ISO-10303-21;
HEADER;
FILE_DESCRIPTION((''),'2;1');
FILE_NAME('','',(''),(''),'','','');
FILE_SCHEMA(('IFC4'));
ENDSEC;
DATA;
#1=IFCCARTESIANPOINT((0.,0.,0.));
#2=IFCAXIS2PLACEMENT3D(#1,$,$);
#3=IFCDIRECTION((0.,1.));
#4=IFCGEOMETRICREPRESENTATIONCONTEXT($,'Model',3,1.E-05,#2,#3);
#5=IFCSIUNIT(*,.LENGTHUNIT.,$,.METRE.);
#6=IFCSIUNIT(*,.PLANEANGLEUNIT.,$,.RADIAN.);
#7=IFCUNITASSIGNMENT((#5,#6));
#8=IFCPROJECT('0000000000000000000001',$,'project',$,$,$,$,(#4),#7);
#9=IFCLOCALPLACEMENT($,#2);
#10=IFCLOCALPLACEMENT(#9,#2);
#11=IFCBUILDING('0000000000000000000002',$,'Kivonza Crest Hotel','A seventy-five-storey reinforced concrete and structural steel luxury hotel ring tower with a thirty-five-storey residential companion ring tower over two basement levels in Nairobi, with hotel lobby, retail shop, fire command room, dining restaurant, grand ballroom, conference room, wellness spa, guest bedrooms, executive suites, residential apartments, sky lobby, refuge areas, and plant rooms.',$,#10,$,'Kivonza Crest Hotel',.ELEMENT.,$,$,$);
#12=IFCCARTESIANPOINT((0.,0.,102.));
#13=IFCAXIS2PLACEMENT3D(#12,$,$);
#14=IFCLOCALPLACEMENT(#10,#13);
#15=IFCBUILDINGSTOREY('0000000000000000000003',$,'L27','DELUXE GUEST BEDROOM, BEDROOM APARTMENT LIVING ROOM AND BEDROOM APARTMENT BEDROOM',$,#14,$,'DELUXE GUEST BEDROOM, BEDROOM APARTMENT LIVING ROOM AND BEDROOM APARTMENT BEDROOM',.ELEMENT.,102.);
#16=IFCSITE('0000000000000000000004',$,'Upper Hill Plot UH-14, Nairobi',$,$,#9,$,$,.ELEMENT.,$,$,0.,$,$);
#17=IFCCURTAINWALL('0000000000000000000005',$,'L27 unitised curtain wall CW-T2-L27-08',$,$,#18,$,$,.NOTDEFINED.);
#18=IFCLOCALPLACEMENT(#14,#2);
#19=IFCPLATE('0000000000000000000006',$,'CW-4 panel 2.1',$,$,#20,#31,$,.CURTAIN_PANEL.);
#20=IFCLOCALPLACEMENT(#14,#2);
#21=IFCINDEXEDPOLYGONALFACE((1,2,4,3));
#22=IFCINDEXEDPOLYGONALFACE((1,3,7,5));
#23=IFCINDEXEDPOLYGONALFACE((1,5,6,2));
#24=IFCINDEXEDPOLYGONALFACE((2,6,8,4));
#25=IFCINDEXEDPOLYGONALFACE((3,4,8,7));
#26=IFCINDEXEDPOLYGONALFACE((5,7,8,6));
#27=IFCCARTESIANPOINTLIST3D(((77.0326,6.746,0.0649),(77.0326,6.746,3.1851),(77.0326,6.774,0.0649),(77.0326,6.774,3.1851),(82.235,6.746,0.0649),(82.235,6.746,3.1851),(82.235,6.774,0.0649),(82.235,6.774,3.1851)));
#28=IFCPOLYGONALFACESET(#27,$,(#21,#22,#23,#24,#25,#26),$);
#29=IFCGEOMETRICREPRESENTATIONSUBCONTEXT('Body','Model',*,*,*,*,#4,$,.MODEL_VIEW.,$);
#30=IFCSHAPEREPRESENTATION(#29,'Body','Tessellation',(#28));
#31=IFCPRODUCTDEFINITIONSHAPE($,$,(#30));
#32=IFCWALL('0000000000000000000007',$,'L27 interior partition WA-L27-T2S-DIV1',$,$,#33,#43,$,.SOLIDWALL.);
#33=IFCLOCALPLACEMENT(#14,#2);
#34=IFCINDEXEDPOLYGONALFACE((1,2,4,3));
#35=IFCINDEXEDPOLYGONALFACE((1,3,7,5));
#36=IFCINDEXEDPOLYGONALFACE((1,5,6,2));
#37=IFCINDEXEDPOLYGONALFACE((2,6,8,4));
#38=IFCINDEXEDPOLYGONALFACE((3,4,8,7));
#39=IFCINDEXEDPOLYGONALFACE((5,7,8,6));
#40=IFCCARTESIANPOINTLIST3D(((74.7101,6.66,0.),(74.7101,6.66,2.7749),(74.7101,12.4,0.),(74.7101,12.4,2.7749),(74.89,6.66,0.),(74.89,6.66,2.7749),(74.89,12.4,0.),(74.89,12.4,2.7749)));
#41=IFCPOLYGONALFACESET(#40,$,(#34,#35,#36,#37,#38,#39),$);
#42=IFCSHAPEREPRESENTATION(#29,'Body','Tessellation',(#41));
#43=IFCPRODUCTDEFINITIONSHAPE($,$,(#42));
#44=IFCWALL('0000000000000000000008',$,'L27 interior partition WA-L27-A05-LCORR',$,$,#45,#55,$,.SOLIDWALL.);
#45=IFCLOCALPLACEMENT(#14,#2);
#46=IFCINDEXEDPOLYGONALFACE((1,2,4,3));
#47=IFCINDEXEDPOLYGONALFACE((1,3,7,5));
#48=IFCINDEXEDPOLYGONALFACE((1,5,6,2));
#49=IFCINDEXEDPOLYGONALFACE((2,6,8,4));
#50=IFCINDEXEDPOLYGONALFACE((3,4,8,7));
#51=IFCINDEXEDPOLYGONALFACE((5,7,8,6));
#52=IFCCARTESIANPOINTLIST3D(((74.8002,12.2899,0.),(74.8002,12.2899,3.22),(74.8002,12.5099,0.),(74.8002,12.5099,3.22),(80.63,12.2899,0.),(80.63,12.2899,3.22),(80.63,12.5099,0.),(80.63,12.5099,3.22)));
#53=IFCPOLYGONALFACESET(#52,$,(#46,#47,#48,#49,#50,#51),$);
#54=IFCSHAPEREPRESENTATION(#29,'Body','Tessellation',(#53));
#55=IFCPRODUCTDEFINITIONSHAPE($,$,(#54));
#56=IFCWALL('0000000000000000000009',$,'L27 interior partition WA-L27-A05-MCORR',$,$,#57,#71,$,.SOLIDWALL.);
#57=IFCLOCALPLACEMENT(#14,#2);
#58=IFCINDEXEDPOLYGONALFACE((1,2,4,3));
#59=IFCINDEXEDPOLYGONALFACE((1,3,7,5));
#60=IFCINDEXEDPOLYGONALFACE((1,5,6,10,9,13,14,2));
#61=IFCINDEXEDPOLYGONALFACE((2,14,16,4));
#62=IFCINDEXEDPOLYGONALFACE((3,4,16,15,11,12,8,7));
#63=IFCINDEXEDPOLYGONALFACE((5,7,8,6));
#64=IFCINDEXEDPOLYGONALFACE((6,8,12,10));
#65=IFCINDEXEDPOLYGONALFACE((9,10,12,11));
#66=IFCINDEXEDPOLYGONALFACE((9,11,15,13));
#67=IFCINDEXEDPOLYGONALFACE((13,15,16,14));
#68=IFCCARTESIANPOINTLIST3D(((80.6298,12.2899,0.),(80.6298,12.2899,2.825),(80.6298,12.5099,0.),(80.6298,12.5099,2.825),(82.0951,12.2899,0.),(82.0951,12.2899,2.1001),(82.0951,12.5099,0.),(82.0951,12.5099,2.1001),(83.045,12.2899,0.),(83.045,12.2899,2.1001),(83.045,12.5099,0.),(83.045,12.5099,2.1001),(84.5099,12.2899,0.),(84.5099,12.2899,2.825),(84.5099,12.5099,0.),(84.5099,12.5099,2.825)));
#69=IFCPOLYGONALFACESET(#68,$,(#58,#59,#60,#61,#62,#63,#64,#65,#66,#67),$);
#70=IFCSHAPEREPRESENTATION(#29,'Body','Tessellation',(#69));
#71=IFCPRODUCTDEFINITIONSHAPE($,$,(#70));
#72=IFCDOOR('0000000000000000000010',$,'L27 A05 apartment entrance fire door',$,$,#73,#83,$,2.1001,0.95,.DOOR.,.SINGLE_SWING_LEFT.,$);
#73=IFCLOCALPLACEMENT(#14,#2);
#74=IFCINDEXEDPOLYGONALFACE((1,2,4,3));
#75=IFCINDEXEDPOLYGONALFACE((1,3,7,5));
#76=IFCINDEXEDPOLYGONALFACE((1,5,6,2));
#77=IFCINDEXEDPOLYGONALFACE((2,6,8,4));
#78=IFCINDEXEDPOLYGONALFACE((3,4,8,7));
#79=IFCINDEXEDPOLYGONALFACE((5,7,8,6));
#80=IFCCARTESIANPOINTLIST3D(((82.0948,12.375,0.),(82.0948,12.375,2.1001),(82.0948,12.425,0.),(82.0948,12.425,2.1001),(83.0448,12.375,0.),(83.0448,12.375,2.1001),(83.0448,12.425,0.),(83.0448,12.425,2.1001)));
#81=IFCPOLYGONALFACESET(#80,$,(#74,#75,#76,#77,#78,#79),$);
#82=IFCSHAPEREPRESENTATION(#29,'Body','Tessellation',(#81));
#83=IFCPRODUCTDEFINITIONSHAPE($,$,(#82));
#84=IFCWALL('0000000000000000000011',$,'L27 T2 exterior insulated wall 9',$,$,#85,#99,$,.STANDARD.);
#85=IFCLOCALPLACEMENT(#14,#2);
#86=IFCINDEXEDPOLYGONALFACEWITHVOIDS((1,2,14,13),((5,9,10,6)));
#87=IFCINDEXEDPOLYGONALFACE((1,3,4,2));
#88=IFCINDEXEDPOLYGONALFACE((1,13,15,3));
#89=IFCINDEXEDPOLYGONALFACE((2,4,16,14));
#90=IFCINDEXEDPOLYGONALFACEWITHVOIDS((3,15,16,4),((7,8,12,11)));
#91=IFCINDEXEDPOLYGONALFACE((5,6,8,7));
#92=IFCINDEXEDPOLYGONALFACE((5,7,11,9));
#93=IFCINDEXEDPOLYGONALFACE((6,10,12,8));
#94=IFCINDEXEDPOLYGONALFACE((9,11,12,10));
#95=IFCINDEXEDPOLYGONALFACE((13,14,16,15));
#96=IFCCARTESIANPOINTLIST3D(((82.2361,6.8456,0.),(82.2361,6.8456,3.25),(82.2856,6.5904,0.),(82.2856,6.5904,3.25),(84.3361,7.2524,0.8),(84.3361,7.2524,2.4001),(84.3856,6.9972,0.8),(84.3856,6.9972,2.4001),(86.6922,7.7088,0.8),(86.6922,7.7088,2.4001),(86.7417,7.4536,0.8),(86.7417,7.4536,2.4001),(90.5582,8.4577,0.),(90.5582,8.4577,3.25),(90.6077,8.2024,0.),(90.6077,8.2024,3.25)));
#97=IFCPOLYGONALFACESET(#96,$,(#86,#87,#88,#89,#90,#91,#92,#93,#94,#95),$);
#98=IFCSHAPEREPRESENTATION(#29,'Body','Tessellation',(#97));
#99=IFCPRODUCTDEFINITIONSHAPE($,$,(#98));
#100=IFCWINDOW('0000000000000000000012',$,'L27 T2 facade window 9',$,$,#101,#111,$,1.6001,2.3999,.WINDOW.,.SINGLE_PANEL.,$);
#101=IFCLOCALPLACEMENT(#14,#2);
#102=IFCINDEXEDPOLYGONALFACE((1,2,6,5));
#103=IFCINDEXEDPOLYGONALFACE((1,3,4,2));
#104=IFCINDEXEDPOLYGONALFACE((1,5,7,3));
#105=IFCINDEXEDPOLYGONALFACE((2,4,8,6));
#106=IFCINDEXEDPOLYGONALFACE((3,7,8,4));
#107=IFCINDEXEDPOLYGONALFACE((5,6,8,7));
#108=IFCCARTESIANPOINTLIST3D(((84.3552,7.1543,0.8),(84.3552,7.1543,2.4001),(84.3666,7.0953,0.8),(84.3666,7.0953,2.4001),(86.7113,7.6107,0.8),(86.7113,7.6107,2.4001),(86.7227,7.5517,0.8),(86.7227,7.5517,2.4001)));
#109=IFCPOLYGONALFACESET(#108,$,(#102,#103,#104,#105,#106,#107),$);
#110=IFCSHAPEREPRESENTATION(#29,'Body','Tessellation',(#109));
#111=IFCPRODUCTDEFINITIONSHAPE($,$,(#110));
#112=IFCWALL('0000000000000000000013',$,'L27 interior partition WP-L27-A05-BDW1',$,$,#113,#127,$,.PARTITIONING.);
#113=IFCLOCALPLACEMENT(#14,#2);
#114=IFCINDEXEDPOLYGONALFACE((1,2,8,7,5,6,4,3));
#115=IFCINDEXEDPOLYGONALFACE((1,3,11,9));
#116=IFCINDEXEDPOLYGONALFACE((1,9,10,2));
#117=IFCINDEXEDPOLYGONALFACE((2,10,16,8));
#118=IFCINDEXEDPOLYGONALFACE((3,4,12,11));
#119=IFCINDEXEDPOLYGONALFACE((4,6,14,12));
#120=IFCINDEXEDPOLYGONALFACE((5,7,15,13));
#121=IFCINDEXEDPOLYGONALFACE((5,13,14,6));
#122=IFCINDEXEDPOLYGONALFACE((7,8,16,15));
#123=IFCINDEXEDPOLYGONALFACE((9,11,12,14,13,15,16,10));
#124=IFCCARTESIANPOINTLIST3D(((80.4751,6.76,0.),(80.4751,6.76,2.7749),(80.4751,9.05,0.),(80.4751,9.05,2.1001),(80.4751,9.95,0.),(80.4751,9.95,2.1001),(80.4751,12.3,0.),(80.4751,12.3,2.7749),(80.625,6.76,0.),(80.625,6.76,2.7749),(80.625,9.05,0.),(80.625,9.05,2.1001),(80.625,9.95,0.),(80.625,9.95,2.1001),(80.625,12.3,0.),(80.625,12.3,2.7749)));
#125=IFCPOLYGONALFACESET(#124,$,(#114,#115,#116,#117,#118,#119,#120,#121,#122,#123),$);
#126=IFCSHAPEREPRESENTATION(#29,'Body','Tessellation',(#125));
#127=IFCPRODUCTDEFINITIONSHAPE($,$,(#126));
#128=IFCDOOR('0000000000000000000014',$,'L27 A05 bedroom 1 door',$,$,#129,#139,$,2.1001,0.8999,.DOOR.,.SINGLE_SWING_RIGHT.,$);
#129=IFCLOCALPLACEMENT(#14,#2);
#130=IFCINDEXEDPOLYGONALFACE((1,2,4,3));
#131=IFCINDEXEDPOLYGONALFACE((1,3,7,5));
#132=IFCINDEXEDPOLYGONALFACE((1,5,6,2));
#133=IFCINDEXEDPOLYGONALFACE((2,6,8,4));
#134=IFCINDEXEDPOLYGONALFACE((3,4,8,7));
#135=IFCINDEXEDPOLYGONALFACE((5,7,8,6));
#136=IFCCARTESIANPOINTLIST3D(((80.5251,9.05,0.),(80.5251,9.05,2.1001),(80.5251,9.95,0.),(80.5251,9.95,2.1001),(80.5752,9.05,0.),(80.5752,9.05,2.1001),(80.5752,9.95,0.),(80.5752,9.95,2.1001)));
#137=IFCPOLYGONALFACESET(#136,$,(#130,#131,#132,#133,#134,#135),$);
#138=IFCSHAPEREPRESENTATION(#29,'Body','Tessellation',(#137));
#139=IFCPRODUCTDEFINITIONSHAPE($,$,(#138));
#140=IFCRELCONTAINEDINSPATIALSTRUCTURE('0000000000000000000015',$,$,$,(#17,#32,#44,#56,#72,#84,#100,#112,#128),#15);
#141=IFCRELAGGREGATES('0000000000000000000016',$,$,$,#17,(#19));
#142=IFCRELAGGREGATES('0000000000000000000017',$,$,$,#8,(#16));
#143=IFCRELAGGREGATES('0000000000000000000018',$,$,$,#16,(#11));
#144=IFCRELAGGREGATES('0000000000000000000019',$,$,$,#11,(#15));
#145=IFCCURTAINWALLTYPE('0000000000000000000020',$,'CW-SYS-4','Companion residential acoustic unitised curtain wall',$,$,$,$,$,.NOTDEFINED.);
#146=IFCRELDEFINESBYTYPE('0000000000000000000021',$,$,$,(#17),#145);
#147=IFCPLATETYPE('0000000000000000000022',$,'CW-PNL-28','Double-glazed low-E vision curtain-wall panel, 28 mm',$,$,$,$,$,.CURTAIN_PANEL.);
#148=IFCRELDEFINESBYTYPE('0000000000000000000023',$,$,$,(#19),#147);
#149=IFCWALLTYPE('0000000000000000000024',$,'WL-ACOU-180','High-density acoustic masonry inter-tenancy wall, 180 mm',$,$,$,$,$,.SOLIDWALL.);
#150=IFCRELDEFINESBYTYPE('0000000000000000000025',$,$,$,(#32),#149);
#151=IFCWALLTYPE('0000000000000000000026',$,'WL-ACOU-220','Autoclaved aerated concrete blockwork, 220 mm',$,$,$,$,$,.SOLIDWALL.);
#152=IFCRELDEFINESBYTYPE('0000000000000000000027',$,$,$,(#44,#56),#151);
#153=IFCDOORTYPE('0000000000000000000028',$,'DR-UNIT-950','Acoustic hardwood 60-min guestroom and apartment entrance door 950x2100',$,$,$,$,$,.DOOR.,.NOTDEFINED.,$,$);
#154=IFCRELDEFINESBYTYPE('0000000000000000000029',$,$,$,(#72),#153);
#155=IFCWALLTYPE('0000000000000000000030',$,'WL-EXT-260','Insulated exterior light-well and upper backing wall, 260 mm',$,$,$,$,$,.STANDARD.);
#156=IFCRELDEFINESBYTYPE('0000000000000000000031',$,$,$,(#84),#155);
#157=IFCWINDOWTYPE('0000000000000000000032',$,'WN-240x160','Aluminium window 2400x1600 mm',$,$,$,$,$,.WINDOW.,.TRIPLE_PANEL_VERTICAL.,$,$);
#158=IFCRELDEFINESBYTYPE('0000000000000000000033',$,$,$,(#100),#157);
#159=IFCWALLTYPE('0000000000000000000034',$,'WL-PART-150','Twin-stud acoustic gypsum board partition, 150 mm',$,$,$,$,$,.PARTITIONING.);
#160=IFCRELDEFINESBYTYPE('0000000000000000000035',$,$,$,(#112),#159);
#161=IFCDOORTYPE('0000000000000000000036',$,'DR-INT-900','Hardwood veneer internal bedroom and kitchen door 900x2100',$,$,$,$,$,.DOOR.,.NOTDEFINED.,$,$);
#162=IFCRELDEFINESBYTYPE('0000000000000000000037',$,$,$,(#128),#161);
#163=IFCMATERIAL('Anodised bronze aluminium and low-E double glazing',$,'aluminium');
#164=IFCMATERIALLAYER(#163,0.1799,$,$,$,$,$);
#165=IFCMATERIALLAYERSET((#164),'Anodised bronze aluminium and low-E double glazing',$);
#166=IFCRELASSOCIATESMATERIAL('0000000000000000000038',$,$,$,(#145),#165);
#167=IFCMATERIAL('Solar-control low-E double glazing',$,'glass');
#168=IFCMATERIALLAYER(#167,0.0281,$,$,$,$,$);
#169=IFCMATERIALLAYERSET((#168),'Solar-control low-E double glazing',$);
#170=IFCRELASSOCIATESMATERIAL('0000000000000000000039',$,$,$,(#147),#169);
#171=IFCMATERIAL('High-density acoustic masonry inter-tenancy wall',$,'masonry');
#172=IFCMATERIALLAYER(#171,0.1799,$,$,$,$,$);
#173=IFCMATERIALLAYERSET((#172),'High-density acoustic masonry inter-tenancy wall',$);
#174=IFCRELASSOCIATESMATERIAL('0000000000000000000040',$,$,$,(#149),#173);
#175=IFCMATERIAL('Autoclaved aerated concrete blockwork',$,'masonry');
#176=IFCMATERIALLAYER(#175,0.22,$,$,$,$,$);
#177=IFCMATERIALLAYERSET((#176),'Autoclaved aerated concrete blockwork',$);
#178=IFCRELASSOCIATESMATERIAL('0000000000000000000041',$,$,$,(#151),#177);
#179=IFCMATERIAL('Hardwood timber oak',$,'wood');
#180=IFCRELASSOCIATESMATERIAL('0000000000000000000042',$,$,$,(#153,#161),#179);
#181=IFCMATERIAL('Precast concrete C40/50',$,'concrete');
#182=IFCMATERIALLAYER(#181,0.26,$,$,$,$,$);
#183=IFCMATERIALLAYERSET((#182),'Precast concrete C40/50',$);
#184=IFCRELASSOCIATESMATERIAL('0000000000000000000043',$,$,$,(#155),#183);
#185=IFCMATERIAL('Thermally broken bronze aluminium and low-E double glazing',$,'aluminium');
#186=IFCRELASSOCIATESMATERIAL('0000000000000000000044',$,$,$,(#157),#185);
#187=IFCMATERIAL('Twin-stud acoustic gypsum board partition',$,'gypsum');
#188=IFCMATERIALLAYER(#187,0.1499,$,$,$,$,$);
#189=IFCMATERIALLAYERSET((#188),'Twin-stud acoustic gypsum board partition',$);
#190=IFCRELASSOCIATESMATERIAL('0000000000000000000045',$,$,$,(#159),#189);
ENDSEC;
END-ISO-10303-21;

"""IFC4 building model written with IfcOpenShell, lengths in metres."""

from ifc_helpers import new_model, si_unit, direction, frame, frame_2d, origin, origin_2d, place, context, subcontext, project, spatial, rectangle, extrude, material, layer, layer_set, type_object, element, fill, aggregate, save


model = new_model("IFC4")

# Units and contexts
model_context = context("Model", 3, precision=1e-05, world=origin(), true_north=direction((0.0, 1.0)))
body_context = subcontext(model_context, "Body", "Model", "MODEL_VIEW")
ifc_project = project(units=[si_unit("LENGTHUNIT", "METRE"), si_unit("PLANEANGLEUNIT", "RADIAN")], contexts=[model_context])

# Site, building, storey
site_placement = place(None, origin())
site = spatial("IfcSite", under=ifc_project, at=site_placement, Name="Upper Hill Plot UH-14, Nairobi", CompositionType="ELEMENT", RefElevation=0.0)
building_placement = place(site_placement, origin())
building = spatial("IfcBuilding", under=site, at=building_placement, Name="Kivonza Crest Hotel", Description="A seventy-five-storey reinforced concrete and structural steel luxury hotel ring tower with a thirty-five-storey residential companion ring tower over two basement levels in Nairobi, with hotel lobby, retail shop, fire command room, dining restaurant, grand ballroom, conference room, wellness spa, guest bedrooms, executive suites, residential apartments, sky lobby, refuge areas, and plant rooms.", LongName="Kivonza Crest Hotel", CompositionType="ELEMENT")
storey_placement = place(building_placement, frame((0.0, 0.0, 102.0)))
storey = spatial("IfcBuildingStorey", under=building, at=storey_placement, Name="L27", Description="DELUXE GUEST BEDROOM, BEDROOM APARTMENT LIVING ROOM AND BEDROOM APARTMENT BEDROOM", LongName="DELUXE GUEST BEDROOM, BEDROOM APARTMENT LIVING ROOM AND BEDROOM APARTMENT BEDROOM", CompositionType="ELEMENT", Elevation=102.0)

# Curtain wall, plate
ifc_material_1 = material(Name="Anodised bronze aluminium and low-E double glazing", Category="aluminium")
ifc_layer_1 = layer(ifc_material_1, 0.1799)
ifc_layer_set_1 = layer_set([ifc_layer_1], Name="Anodised bronze aluminium and low-E double glazing")
curtain_wall_type = type_object("IfcCurtainWallType", Name="CW-SYS-4", Description="Companion residential acoustic unitised curtain wall", PredefinedType="NOTDEFINED", material=ifc_layer_set_1)
curtain_wall_placement = place(storey_placement, origin())
curtain_wall = element("IfcCurtainWall", 1, at=curtain_wall_placement, inside=storey, type_object=curtain_wall_type, Name="L27 unitised curtain wall CW-T2-L27-08", PredefinedType="NOTDEFINED")
ifc_material_2 = material(Name="Solar-control low-E double glazing", Category="glass")
ifc_layer_2 = layer(ifc_material_2, 0.0281)
ifc_layer_set_2 = layer_set([ifc_layer_2], Name="Solar-control low-E double glazing")
plate_type = type_object("IfcPlateType", Name="CW-PNL-28", Description="Double-glazed low-E vision curtain-wall panel, 28 mm", PredefinedType="CURTAIN_PANEL", material=ifc_layer_set_2)
plate_1_placement = place(storey_placement, frame((79.6338, 6.76, 0.0649), z_axis=(0.0, 0.0, 1.0), x_axis=(1.0, 0.0, 0.0)))
plate_1 = element("IfcPlate", 2, at=plate_1_placement, type_object=plate_type, Name="CW-4 panel 2.1", PredefinedType="CURTAIN_PANEL", context=body_context, shape_type="SweptSolid", body=[
    extrude(rectangle(XDim=5.2024, YDim=0.0281, at=origin_2d()), origin(), (0.0, 0.0, 1.0), 3.1201),
])
aggregate(curtain_wall, [plate_1])

# Walls
ifc_material_3 = material(Name="High-density acoustic masonry inter-tenancy wall", Category="masonry")
ifc_layer_3 = layer(ifc_material_3, 0.1799)
ifc_layer_set_3 = layer_set([ifc_layer_3], Name="High-density acoustic masonry inter-tenancy wall")
wall_type_1 = type_object("IfcWallType", Name="WL-ACOU-180", Description="High-density acoustic masonry inter-tenancy wall, 180 mm", PredefinedType="SOLIDWALL", material=ifc_layer_set_3)
wall_1_placement = place(storey_placement, frame((74.8, 6.6599, 0.0), z_axis=(0.0, 0.0, 1.0), x_axis=(0.0, 1.0, 0.0)))
element("IfcWall", 3, at=wall_1_placement, inside=storey, type_object=wall_type_1, Name="L27 interior partition WA-L27-T2S-DIV1", PredefinedType="SOLIDWALL", context=body_context, shape_type="SweptSolid", body=[
    extrude(rectangle(XDim=5.74, YDim=0.1799, at=frame_2d((2.8701, 0.0))), origin(), (0.0, 0.0, 1.0), 2.7749),
])
ifc_material_4 = material(Name="Autoclaved aerated concrete blockwork", Category="masonry")
ifc_layer_4 = layer(ifc_material_4, 0.22)
ifc_layer_set_4 = layer_set([ifc_layer_4], Name="Autoclaved aerated concrete blockwork")
wall_type_2 = type_object("IfcWallType", Name="WL-ACOU-220", Description="Autoclaved aerated concrete blockwork, 220 mm", PredefinedType="SOLIDWALL", material=ifc_layer_set_4)
wall_2_placement = place(storey_placement, frame((74.8, 12.3999, 0.0), z_axis=(0.0, 0.0, 1.0), x_axis=(1.0, 0.0, 0.0)))
element("IfcWall", 4, at=wall_2_placement, inside=storey, type_object=wall_type_2, Name="L27 interior partition WA-L27-A05-LCORR", PredefinedType="SOLIDWALL", context=body_context, shape_type="SweptSolid", body=[
    extrude(rectangle(XDim=5.8298, YDim=0.22, at=frame_2d((2.915, 0.0))), origin(), (0.0, 0.0, 1.0), 3.22),
])

# Wall, opening, door
wall_3_placement = place(storey_placement, frame((80.6299, 12.3999, 0.0), z_axis=(0.0, 0.0, 1.0), x_axis=(1.0, 0.0, 0.0)))
wall_3 = element("IfcWall", 5, at=wall_3_placement, inside=storey, type_object=wall_type_2, Name="L27 interior partition WA-L27-A05-MCORR", PredefinedType="SOLIDWALL", context=body_context, shape_type="SweptSolid", body=[
    extrude(rectangle(XDim=3.8801, YDim=0.22, at=frame_2d((1.9399, 0.0))), origin(), (0.0, 0.0, 1.0), 2.825),
])
opening_1_placement = place(wall_3_placement, frame((1.4651, 0.0, 0.0)))
opening_1 = element("IfcOpeningElement", 6, at=opening_1_placement, cuts=wall_3, PredefinedType="OPENING", context=body_context, shape_type="SweptSolid", body=[
    extrude(rectangle(XDim=0.95, YDim=2.1001, at=frame_2d((0.4751, 1.05))), frame((0.0, 0.1201, 0.0), z_axis=(0.0, -1.0, 0.0), x_axis=(1.0, 0.0, 0.0)), (0.0, 0.0, 1.0), 0.24),
])
ifc_material_5 = material(Name="Hardwood timber oak", Category="wood")
door_type_1 = type_object("IfcDoorType", Name="DR-UNIT-950", Description="Acoustic hardwood 60-min guestroom and apartment entrance door 950x2100", OperationType="NOTDEFINED", PredefinedType="DOOR", material=ifc_material_5)
door_1_placement = place(opening_1_placement, frame((0.95, 0.0, 0.0), z_axis=(0.0, 0.0, 1.0), x_axis=(-1.0, 0.0, 0.0)))
door_1 = element("IfcDoor", 7, at=door_1_placement, inside=storey, type_object=door_type_1, Name="L27 A05 apartment entrance fire door", OperationType="SINGLE_SWING_LEFT", OverallHeight=2.1001, OverallWidth=0.95, PredefinedType="DOOR", context=body_context, shape_type="SweptSolid", body=[
    extrude(rectangle(XDim=0.95, YDim=2.1001, at=frame_2d((0.4751, 1.05))), frame((0.0, 0.0249, 0.0), z_axis=(0.0, -1.0, 0.0), x_axis=(1.0, 0.0, 0.0)), (0.0, 0.0, 1.0), 0.05),
])
fill(opening_1, door_1)

# Wall, opening, window
ifc_material_6 = material(Name="Precast concrete C40/50", Category="concrete")
ifc_layer_5 = layer(ifc_material_6, 0.26)
ifc_layer_set_5 = layer_set([ifc_layer_5], Name="Precast concrete C40/50")
wall_type_3 = type_object("IfcWallType", Name="WL-EXT-260", Description="Insulated exterior light-well and upper backing wall, 260 mm", PredefinedType="STANDARD", material=ifc_layer_set_5)
wall_4_placement = place(storey_placement, frame((82.261, 6.718, 0.0), z_axis=(0.0, 0.0, 1.0), x_axis=(0.98175, 0.190175, 0.0)))
wall_4 = element("IfcWall", 8, at=wall_4_placement, inside=storey, type_object=wall_type_3, Name="L27 T2 exterior insulated wall 9", PredefinedType="STANDARD", context=body_context, shape_type="SweptSolid", body=[
    extrude(rectangle(XDim=8.4768, YDim=0.26, at=frame_2d((4.2383, 0.0))), origin(), (0.0, 0.0, 1.0), 3.25),
])
opening_2_placement = place(wall_4_placement, frame((2.1389, 0.0, 0.8)))
opening_2 = element("IfcOpeningElement", 9, at=opening_2_placement, cuts=wall_4, PredefinedType="OPENING", context=body_context, shape_type="SweptSolid", body=[
    extrude(rectangle(XDim=2.3999, YDim=1.6001, at=frame_2d((1.2, 0.8))), frame((0.0, 0.1401, 0.0), z_axis=(0.0, -1.0, 0.0), x_axis=(1.0, 0.0, 0.0)), (0.0, 0.0, 1.0), 0.28),
])
ifc_material_7 = material(Name="Thermally broken bronze aluminium and low-E double glazing", Category="aluminium")
window_type = type_object("IfcWindowType", Name="WN-240x160", Description="Aluminium window 2400x1600 mm", PartitioningType="TRIPLE_PANEL_VERTICAL", PredefinedType="WINDOW", material=ifc_material_7)
window_placement = place(opening_2_placement, origin())
window = element("IfcWindow", 10, at=window_placement, inside=storey, type_object=window_type, Name="L27 T2 facade window 9", OverallHeight=1.6001, OverallWidth=2.3999, PartitioningType="SINGLE_PANEL", PredefinedType="WINDOW", context=body_context, shape_type="SweptSolid", body=[
    extrude(rectangle(XDim=2.3999, YDim=1.6001, at=frame_2d((1.2, 0.8))), frame((0.0, 0.03, 0.0), z_axis=(0.0, -1.0, 0.0), x_axis=(1.0, 0.0, 0.0)), (0.0, 0.0, 1.0), 0.0601),
])
fill(opening_2, window)

# Wall, opening, door
ifc_material_8 = material(Name="Twin-stud acoustic gypsum board partition", Category="gypsum")
ifc_layer_6 = layer(ifc_material_8, 0.1499)
ifc_layer_set_6 = layer_set([ifc_layer_6], Name="Twin-stud acoustic gypsum board partition")
wall_type_4 = type_object("IfcWallType", Name="WL-PART-150", Description="Twin-stud acoustic gypsum board partition, 150 mm", PredefinedType="PARTITIONING", material=ifc_layer_set_6)
wall_5_placement = place(storey_placement, frame((80.55, 6.76, 0.0), z_axis=(0.0, 0.0, 1.0), x_axis=(0.0, 1.0, 0.0)))
wall_5 = element("IfcWall", 11, at=wall_5_placement, inside=storey, type_object=wall_type_4, Name="L27 interior partition WP-L27-A05-BDW1", PredefinedType="PARTITIONING", context=body_context, shape_type="SweptSolid", body=[
    extrude(rectangle(XDim=5.54, YDim=0.1499, at=frame_2d((2.77, 0.0))), origin(), (0.0, 0.0, 1.0), 2.7749),
])
opening_3_placement = place(wall_5_placement, frame((2.29, 0.0, 0.0)))
opening_3 = element("IfcOpeningElement", 12, at=opening_3_placement, cuts=wall_5, PredefinedType="OPENING", context=body_context, shape_type="SweptSolid", body=[
    extrude(rectangle(XDim=0.8999, YDim=2.1001, at=frame_2d((0.45, 1.05))), frame((0.0, 0.085, 0.0), z_axis=(0.0, -1.0, 0.0), x_axis=(1.0, 0.0, 0.0)), (0.0, 0.0, 1.0), 0.1699),
])
door_type_2 = type_object("IfcDoorType", Name="DR-INT-900", Description="Hardwood veneer internal bedroom and kitchen door 900x2100", OperationType="NOTDEFINED", PredefinedType="DOOR", material=ifc_material_5)
door_2_placement = place(opening_3_placement, origin())
door_2 = element("IfcDoor", 13, at=door_2_placement, inside=storey, type_object=door_type_2, Name="L27 A05 bedroom 1 door", OperationType="SINGLE_SWING_RIGHT", OverallHeight=2.1001, OverallWidth=0.8999, PredefinedType="DOOR", context=body_context, shape_type="SweptSolid", body=[
    extrude(rectangle(XDim=0.8999, YDim=2.1001, at=frame_2d((0.45, 1.05))), frame((0.0, 0.0249, 0.0), z_axis=(0.0, -1.0, 0.0), x_axis=(1.0, 0.0, 0.0)), (0.0, 0.0, 1.0), 0.05),
])
fill(opening_3, door_2)

save(model, "model.ifc")
